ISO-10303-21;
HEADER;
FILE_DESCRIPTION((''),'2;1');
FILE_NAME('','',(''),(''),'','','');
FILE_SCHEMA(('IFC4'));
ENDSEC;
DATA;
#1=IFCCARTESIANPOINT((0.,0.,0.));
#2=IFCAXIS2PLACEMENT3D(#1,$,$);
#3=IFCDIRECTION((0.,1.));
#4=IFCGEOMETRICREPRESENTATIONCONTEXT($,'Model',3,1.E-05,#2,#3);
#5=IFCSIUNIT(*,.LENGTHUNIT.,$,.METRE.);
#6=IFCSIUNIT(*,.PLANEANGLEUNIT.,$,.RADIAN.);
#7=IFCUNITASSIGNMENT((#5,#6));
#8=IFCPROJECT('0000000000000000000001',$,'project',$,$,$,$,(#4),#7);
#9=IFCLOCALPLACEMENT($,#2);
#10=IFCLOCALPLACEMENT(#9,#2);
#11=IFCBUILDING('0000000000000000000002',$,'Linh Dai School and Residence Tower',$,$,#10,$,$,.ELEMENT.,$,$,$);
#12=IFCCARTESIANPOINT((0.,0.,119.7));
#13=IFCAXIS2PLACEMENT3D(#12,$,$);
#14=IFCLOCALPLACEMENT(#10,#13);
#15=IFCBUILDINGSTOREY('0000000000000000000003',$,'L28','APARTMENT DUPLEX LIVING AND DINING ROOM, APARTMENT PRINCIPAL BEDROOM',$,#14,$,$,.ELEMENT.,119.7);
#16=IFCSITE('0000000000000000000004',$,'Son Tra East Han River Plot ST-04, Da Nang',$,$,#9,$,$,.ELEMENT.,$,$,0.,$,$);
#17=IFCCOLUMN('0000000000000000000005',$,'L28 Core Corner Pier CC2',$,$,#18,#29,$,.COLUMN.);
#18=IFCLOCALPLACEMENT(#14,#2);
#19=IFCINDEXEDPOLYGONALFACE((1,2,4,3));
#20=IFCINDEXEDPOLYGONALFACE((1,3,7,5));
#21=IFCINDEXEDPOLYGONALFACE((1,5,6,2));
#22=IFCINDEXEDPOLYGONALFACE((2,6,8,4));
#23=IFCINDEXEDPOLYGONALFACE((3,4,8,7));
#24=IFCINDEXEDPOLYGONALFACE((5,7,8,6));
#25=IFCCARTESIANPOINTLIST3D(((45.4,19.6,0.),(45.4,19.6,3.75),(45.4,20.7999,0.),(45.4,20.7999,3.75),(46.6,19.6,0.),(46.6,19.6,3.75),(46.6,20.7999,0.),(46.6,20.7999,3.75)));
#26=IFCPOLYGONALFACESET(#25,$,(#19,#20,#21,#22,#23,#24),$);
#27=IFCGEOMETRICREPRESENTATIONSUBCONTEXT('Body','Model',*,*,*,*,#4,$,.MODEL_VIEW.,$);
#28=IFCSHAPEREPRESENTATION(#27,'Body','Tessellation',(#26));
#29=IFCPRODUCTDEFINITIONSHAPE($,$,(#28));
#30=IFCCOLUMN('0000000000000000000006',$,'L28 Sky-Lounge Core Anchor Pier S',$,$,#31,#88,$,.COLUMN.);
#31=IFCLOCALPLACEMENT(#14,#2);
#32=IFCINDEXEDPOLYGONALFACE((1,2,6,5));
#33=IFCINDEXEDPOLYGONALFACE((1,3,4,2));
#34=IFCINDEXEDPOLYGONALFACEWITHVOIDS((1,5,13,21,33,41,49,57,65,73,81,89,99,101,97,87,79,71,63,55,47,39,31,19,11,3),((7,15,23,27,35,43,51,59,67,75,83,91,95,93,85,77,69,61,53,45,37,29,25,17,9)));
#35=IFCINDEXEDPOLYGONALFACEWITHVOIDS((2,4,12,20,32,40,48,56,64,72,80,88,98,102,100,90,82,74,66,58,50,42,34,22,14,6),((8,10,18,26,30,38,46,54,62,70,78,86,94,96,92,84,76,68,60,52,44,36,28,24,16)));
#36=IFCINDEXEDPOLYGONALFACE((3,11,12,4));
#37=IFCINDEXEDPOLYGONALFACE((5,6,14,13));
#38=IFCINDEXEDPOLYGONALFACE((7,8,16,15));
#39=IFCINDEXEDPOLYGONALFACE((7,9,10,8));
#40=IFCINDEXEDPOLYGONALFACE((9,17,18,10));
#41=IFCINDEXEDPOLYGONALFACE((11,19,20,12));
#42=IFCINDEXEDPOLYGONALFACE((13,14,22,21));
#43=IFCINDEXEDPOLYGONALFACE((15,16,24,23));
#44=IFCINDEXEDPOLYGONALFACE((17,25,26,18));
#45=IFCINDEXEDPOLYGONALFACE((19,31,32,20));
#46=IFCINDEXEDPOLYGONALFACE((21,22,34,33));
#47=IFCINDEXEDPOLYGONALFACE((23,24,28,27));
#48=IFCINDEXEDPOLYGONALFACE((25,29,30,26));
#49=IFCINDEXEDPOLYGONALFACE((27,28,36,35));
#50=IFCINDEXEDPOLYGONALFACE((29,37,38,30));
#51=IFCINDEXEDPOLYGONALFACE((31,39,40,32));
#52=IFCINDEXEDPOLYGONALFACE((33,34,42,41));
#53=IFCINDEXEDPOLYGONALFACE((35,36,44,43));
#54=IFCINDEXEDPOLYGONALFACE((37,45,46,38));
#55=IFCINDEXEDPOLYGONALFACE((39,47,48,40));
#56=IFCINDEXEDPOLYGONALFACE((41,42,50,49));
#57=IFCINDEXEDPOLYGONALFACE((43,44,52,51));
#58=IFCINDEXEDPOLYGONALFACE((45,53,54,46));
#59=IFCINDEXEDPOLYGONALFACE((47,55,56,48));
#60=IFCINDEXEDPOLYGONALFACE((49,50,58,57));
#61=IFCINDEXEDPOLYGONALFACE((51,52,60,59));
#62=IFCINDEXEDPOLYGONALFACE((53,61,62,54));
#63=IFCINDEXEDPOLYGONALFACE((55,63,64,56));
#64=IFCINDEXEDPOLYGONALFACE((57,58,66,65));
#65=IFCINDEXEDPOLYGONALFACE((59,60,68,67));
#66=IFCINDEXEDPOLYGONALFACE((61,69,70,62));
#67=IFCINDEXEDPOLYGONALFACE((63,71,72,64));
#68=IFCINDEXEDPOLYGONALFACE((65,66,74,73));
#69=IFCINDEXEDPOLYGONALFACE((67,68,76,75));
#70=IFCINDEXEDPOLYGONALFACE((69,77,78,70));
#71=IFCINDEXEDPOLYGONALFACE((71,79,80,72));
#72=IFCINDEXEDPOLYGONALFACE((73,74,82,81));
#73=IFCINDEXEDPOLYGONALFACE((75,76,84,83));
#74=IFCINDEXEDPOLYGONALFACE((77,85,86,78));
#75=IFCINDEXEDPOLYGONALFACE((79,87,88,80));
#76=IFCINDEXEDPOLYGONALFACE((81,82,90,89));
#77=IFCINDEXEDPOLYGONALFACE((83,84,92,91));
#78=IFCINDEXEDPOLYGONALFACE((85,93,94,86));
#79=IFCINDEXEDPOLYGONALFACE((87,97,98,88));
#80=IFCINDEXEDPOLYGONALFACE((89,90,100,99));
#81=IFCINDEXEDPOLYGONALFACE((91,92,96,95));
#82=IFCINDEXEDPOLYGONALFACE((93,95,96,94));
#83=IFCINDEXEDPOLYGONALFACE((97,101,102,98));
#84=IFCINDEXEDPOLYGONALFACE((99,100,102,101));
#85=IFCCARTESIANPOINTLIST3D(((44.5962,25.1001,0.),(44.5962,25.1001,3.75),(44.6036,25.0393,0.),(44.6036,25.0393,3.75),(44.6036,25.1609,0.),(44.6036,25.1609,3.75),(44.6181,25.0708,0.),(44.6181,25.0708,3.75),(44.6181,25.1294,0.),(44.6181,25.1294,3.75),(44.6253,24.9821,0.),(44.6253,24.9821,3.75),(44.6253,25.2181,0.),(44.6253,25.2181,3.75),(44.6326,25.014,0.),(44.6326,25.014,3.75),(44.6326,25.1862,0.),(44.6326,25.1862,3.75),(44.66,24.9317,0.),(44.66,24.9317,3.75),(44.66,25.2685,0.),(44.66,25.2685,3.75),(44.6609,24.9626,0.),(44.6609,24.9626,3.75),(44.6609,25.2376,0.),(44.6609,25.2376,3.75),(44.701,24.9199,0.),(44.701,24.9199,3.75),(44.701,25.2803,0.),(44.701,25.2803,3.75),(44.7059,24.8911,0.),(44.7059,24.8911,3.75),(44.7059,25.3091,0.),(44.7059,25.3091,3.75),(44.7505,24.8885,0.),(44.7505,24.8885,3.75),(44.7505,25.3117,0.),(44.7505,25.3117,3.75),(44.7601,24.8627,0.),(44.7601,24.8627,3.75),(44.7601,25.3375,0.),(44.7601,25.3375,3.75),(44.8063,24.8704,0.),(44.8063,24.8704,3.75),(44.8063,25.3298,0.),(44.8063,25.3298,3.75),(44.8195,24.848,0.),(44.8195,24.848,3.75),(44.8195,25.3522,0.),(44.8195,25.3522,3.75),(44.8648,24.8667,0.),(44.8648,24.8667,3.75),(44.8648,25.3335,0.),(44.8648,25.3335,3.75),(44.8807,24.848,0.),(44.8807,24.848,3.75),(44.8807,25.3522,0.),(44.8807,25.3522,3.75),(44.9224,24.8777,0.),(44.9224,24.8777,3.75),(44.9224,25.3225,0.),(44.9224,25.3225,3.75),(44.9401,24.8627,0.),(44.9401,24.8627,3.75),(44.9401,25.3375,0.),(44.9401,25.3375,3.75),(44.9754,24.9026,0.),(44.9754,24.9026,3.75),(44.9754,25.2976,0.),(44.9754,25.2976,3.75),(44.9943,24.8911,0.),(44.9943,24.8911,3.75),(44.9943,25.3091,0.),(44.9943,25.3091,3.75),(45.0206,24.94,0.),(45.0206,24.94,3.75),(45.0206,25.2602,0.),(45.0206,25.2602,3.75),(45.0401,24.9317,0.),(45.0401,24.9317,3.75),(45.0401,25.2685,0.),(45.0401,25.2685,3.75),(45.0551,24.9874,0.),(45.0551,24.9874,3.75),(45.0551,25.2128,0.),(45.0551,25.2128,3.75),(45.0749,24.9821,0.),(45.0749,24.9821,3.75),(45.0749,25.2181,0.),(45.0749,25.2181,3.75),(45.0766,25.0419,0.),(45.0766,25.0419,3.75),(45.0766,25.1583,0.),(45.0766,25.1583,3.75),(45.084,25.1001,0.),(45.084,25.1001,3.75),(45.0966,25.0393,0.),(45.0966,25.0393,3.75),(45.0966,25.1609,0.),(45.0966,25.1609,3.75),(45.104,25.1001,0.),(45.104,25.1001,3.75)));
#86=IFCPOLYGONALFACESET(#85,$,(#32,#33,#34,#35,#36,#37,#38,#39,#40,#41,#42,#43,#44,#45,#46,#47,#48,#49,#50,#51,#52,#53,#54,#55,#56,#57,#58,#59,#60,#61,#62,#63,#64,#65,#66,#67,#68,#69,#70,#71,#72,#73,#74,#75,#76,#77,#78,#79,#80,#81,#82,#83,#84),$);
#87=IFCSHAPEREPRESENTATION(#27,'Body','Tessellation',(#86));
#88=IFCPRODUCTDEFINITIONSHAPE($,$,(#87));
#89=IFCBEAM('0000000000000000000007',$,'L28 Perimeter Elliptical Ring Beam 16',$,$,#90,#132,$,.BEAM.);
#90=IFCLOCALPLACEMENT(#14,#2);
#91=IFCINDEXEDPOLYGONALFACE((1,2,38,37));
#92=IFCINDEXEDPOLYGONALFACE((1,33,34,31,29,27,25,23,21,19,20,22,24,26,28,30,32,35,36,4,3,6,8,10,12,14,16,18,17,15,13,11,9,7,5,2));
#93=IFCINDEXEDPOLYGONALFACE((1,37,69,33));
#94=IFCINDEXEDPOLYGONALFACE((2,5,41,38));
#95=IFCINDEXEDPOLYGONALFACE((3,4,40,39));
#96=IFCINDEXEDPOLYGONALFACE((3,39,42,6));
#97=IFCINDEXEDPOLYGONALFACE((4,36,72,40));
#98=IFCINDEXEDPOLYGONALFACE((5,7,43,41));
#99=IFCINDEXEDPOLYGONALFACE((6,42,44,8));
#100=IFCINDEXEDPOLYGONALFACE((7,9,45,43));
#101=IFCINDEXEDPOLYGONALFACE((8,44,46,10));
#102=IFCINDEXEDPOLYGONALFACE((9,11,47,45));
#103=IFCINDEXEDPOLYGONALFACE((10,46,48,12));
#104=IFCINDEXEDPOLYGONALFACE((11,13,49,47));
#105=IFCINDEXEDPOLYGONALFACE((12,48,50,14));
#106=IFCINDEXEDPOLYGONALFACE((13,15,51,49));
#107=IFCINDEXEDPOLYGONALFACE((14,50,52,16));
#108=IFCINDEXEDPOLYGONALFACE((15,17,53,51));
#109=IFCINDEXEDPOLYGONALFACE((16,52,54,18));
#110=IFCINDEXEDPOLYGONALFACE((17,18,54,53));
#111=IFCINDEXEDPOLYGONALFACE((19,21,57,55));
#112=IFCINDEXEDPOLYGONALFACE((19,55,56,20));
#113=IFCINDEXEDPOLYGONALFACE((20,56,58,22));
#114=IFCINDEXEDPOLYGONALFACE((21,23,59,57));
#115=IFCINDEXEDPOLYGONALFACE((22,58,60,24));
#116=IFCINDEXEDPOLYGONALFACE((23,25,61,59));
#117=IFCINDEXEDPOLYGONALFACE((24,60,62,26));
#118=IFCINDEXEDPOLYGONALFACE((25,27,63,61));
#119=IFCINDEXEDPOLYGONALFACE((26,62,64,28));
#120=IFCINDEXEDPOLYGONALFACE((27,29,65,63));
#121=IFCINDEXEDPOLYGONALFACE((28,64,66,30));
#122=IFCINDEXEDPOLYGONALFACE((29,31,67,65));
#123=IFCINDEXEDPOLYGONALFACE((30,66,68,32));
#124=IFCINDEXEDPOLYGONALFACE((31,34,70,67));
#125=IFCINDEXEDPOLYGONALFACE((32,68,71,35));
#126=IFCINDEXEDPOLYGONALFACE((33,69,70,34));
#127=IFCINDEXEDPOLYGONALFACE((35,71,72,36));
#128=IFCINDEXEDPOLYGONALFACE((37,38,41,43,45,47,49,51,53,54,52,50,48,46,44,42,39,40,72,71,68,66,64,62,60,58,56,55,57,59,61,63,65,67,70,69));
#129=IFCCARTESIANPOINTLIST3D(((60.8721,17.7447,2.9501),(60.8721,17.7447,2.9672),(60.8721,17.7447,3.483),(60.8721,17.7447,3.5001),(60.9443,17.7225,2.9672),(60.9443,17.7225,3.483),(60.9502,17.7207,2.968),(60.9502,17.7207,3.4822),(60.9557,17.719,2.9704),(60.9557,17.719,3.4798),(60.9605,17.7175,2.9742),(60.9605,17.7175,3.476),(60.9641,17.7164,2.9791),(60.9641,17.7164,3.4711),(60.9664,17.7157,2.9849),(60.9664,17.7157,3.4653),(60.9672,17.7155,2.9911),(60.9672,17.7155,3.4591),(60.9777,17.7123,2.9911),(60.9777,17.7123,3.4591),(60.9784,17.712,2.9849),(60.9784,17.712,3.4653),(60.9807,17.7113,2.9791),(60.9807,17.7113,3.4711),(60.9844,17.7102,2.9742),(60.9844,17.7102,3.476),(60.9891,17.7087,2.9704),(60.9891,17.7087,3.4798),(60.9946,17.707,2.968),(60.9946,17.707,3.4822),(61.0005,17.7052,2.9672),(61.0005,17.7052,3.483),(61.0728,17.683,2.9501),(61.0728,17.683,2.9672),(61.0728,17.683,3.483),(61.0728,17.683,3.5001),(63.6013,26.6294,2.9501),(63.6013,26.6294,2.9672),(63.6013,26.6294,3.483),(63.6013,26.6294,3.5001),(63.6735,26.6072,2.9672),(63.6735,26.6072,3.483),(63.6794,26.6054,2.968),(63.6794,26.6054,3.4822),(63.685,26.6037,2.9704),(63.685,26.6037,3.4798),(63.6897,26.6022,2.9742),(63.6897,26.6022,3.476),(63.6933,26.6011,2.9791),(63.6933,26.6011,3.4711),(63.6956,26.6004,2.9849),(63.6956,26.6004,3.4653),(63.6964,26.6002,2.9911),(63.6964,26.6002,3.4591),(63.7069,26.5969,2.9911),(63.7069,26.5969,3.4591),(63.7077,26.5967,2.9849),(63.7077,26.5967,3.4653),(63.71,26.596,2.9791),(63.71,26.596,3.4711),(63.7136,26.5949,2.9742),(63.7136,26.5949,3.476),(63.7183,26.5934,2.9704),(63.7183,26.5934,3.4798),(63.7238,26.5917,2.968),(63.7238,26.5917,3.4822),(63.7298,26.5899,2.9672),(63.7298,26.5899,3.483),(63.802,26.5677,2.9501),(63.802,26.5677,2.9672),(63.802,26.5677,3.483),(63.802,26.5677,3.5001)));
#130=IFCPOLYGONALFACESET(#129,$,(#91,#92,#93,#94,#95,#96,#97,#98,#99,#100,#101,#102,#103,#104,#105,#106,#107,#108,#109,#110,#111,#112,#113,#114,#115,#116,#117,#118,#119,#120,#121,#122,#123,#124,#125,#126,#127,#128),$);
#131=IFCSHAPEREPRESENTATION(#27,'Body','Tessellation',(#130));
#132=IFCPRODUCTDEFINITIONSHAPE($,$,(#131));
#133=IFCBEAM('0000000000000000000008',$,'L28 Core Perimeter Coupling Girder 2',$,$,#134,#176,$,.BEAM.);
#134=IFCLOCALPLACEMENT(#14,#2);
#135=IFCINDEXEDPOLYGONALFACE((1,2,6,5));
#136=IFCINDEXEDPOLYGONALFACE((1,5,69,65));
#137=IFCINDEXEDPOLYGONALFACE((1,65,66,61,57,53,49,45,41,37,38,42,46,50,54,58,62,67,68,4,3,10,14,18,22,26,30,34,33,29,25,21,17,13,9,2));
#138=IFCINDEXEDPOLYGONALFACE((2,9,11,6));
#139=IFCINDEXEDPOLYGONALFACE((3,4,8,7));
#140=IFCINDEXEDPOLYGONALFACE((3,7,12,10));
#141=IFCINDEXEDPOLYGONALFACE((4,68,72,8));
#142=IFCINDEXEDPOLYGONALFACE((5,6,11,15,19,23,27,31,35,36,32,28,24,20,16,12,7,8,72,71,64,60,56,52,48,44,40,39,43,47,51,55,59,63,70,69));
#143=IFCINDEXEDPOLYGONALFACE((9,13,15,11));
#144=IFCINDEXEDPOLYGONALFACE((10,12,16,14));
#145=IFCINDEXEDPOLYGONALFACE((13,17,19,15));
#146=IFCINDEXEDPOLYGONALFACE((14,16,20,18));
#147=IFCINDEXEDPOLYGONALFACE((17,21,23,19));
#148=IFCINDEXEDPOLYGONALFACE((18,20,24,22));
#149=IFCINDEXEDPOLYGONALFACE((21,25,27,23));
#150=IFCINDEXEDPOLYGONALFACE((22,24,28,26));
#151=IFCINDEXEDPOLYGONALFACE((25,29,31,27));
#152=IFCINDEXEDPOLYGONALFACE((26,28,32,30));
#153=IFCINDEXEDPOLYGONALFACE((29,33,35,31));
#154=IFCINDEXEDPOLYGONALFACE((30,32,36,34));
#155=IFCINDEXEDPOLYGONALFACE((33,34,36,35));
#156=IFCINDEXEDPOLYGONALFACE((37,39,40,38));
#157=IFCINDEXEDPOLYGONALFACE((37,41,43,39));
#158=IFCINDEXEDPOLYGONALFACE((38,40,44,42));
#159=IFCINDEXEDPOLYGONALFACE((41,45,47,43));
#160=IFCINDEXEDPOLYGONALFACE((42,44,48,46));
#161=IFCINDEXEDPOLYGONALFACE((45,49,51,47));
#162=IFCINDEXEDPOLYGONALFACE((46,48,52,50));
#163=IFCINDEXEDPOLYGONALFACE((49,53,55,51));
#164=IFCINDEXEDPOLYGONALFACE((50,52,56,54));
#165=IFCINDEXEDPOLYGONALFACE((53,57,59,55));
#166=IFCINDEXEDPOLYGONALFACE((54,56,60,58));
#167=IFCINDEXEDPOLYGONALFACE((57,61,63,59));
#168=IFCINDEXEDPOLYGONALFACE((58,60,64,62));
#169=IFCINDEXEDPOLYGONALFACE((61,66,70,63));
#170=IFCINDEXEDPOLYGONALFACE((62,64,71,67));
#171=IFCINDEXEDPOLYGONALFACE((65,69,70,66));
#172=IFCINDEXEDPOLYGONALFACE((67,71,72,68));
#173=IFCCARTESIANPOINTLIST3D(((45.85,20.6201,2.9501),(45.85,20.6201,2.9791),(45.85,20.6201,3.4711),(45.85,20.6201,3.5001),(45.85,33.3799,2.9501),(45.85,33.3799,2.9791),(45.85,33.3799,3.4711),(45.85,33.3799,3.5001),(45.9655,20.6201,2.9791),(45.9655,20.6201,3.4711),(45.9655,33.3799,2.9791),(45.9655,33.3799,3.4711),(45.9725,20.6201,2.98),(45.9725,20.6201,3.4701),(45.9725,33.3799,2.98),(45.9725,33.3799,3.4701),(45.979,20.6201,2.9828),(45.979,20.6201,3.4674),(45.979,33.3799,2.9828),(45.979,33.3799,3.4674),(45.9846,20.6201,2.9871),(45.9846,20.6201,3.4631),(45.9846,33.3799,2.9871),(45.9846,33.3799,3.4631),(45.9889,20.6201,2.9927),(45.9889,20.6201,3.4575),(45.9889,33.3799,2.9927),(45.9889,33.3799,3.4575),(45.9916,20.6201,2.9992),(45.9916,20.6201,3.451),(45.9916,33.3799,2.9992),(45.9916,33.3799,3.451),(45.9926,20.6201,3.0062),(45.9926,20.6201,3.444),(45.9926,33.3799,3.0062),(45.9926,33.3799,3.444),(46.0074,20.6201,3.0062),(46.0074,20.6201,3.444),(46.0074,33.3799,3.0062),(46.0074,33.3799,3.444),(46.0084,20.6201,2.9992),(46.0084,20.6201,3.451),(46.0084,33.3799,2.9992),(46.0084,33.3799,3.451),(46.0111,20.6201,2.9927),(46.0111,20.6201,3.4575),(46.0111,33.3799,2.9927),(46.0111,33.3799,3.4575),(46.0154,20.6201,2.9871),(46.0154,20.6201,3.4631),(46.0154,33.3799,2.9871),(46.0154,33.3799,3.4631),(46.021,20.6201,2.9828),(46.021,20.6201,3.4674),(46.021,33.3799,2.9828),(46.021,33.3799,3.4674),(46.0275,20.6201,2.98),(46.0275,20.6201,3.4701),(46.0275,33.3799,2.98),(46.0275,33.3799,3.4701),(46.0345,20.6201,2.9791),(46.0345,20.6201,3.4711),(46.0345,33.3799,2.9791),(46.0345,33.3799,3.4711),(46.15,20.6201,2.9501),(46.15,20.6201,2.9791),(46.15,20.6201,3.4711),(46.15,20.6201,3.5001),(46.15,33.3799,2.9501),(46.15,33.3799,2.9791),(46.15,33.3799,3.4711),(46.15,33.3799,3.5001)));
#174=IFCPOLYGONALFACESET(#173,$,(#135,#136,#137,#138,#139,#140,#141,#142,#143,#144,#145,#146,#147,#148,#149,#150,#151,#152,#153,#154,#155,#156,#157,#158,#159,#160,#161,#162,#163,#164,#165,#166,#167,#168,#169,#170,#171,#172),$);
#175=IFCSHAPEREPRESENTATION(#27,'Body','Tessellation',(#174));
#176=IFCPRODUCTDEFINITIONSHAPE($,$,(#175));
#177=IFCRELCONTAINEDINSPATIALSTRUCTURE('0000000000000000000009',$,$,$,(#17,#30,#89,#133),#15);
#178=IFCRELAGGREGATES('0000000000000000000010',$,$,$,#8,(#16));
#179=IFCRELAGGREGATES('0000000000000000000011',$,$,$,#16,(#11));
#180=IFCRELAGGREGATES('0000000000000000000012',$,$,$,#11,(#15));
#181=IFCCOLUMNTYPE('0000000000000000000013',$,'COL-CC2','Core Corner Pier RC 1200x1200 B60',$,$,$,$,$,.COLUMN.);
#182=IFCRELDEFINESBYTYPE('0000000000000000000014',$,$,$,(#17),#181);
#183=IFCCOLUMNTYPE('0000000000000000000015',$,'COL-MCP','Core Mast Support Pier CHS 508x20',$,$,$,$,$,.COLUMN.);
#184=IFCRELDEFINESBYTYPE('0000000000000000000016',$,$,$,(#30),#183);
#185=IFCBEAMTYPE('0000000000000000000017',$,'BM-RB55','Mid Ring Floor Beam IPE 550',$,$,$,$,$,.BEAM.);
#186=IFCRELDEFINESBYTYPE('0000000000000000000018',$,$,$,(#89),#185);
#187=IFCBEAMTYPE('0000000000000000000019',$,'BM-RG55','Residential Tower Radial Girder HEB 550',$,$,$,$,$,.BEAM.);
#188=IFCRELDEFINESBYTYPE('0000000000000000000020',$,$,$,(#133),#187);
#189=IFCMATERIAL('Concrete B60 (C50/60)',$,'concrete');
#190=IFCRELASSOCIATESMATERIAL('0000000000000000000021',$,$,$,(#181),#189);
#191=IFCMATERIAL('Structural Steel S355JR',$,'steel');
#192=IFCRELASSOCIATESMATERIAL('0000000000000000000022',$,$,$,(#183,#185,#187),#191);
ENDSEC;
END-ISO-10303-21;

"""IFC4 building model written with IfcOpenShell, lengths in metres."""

from ifc_helpers import new_model, si_unit, direction, frame, origin, origin_2d, place, context, subcontext, project, spatial, rectangle, hollow_circle, i_section, extrude, material, material_profile, profile_set, type_object, element, save


model = new_model("IFC4")

# Units and contexts
model_context = context("Model", 3, precision=1e-05, world=origin(), true_north=direction((0.0, 1.0)))
body_context = subcontext(model_context, "Body", "Model", "MODEL_VIEW")
ifc_project = project(units=[si_unit("LENGTHUNIT", "METRE"), si_unit("PLANEANGLEUNIT", "RADIAN")], contexts=[model_context])

# Site, building, storey
site_placement = place(None, origin())
site = spatial("IfcSite", under=ifc_project, at=site_placement, Name="Son Tra East Han River Plot ST-04, Da Nang", CompositionType="ELEMENT", RefElevation=0.0)
building_placement = place(site_placement, origin())
building = spatial("IfcBuilding", under=site, at=building_placement, Name="Linh Dai School and Residence Tower", CompositionType="ELEMENT")
storey_placement = place(building_placement, frame((0.0, 0.0, 119.7)))
storey = spatial("IfcBuildingStorey", under=building, at=storey_placement, Name="L28", Description="APARTMENT DUPLEX LIVING AND DINING ROOM, APARTMENT PRINCIPAL BEDROOM", CompositionType="ELEMENT", Elevation=119.7)

# Columns
ifc_material_1 = material(Name="Concrete B60 (C50/60)", Category="concrete")
ifc_material_profile_1 = material_profile(ifc_material_1, rectangle(XDim=1.2, YDim=1.2, at=origin_2d()), Name="RC 1200x1200")
ifc_profile_set_1 = profile_set([ifc_material_profile_1], Name="Concrete B60 (C50/60)")
column_type_1 = type_object("IfcColumnType", Name="COL-CC2", Description="Core Corner Pier RC 1200x1200 B60", PredefinedType="COLUMN", material=ifc_profile_set_1)
column_1_placement = place(storey_placement, frame((46.0, 20.2, 0.0), z_axis=(0.0, 0.0, 1.0), x_axis=(1.0, 0.0, 0.0)))
element("IfcColumn", 1, at=column_1_placement, inside=storey, type_object=column_type_1, Name="L28 Core Corner Pier CC2", PredefinedType="COLUMN", context=body_context, shape_type="SweptSolid", body=[
    extrude(rectangle(XDim=1.2, YDim=1.2, at=origin_2d()), origin(), (0.0, 0.0, 1.0), 3.75),
])
ifc_material_2 = material(Name="Structural Steel S355JR", Category="steel")
ifc_material_profile_2 = material_profile(ifc_material_2, hollow_circle(Radius=0.2539, WallThickness=0.02, at=origin_2d()), Name="CHS 508x20")
ifc_profile_set_2 = profile_set([ifc_material_profile_2], Name="Structural Steel S355JR")
column_type_2 = type_object("IfcColumnType", Name="COL-MCP", Description="Core Mast Support Pier CHS 508x20", PredefinedType="COLUMN", material=ifc_profile_set_2)
column_2_placement = place(storey_placement, frame((44.8501, 25.1001, 0.0), z_axis=(0.0, 0.0, 1.0), x_axis=(1.0, 0.0, 0.0)))
element("IfcColumn", 2, at=column_2_placement, inside=storey, type_object=column_type_2, Name="L28 Sky-Lounge Core Anchor Pier S", PredefinedType="COLUMN", context=body_context, shape_type="SweptSolid", body=[
    extrude(hollow_circle(Radius=0.2539, WallThickness=0.02, at=origin_2d()), origin(), (0.0, 0.0, 1.0), 3.75),
])

# Beams
ifc_material_profile_3 = material_profile(ifc_material_2, i_section(OverallWidth=0.21, OverallDepth=0.55, WebThickness=0.011, FlangeThickness=0.0171, FilletRadius=0.0239, at=origin_2d()), Name="IPE 550")
ifc_profile_set_3 = profile_set([ifc_material_profile_3], Name="Structural Steel S355JR")
beam_type_1 = type_object("IfcBeamType", Name="BM-RB55", Description="Mid Ring Floor Beam IPE 550", PredefinedType="BEAM", material=ifc_profile_set_3)
beam_1_placement = place(storey_placement, frame((60.9724, 17.7139, 3.2251), z_axis=(0.293641, 0.955916, 0.0), x_axis=(-0.955916, 0.293641, 0.0)))
element("IfcBeam", 3, at=beam_1_placement, inside=storey, type_object=beam_type_1, Name="L28 Perimeter Elliptical Ring Beam 16", PredefinedType="BEAM", context=body_context, shape_type="SweptSolid", body=[
    extrude(i_section(OverallWidth=0.21, OverallDepth=0.55, WebThickness=0.011, FlangeThickness=0.0171, FilletRadius=0.0239, at=origin_2d()), origin(), (0.0, 0.0, 1.0), 9.2944),
])
ifc_material_profile_4 = material_profile(ifc_material_2, i_section(OverallWidth=0.3, OverallDepth=0.55, WebThickness=0.0149, FlangeThickness=0.0291, FilletRadius=0.0271, at=origin_2d()), Name="HEB 550")
ifc_profile_set_4 = profile_set([ifc_material_profile_4], Name="Structural Steel S355JR")
beam_type_2 = type_object("IfcBeamType", Name="BM-RG55", Description="Residential Tower Radial Girder HEB 550", PredefinedType="BEAM", material=ifc_profile_set_4)
beam_2_placement = place(storey_placement, frame((46.0, 20.6201, 3.2251), z_axis=(0.0, 1.0, 0.0), x_axis=(-1.0, 0.0, 0.0)))
element("IfcBeam", 4, at=beam_2_placement, inside=storey, type_object=beam_type_2, Name="L28 Core Perimeter Coupling Girder 2", PredefinedType="BEAM", context=body_context, shape_type="SweptSolid", body=[
    extrude(i_section(OverallWidth=0.3, OverallDepth=0.55, WebThickness=0.0149, FlangeThickness=0.0291, FilletRadius=0.0271, at=origin_2d()), origin(), (0.0, 0.0, 1.0), 12.7598),
])

save(model, "model.ifc")
